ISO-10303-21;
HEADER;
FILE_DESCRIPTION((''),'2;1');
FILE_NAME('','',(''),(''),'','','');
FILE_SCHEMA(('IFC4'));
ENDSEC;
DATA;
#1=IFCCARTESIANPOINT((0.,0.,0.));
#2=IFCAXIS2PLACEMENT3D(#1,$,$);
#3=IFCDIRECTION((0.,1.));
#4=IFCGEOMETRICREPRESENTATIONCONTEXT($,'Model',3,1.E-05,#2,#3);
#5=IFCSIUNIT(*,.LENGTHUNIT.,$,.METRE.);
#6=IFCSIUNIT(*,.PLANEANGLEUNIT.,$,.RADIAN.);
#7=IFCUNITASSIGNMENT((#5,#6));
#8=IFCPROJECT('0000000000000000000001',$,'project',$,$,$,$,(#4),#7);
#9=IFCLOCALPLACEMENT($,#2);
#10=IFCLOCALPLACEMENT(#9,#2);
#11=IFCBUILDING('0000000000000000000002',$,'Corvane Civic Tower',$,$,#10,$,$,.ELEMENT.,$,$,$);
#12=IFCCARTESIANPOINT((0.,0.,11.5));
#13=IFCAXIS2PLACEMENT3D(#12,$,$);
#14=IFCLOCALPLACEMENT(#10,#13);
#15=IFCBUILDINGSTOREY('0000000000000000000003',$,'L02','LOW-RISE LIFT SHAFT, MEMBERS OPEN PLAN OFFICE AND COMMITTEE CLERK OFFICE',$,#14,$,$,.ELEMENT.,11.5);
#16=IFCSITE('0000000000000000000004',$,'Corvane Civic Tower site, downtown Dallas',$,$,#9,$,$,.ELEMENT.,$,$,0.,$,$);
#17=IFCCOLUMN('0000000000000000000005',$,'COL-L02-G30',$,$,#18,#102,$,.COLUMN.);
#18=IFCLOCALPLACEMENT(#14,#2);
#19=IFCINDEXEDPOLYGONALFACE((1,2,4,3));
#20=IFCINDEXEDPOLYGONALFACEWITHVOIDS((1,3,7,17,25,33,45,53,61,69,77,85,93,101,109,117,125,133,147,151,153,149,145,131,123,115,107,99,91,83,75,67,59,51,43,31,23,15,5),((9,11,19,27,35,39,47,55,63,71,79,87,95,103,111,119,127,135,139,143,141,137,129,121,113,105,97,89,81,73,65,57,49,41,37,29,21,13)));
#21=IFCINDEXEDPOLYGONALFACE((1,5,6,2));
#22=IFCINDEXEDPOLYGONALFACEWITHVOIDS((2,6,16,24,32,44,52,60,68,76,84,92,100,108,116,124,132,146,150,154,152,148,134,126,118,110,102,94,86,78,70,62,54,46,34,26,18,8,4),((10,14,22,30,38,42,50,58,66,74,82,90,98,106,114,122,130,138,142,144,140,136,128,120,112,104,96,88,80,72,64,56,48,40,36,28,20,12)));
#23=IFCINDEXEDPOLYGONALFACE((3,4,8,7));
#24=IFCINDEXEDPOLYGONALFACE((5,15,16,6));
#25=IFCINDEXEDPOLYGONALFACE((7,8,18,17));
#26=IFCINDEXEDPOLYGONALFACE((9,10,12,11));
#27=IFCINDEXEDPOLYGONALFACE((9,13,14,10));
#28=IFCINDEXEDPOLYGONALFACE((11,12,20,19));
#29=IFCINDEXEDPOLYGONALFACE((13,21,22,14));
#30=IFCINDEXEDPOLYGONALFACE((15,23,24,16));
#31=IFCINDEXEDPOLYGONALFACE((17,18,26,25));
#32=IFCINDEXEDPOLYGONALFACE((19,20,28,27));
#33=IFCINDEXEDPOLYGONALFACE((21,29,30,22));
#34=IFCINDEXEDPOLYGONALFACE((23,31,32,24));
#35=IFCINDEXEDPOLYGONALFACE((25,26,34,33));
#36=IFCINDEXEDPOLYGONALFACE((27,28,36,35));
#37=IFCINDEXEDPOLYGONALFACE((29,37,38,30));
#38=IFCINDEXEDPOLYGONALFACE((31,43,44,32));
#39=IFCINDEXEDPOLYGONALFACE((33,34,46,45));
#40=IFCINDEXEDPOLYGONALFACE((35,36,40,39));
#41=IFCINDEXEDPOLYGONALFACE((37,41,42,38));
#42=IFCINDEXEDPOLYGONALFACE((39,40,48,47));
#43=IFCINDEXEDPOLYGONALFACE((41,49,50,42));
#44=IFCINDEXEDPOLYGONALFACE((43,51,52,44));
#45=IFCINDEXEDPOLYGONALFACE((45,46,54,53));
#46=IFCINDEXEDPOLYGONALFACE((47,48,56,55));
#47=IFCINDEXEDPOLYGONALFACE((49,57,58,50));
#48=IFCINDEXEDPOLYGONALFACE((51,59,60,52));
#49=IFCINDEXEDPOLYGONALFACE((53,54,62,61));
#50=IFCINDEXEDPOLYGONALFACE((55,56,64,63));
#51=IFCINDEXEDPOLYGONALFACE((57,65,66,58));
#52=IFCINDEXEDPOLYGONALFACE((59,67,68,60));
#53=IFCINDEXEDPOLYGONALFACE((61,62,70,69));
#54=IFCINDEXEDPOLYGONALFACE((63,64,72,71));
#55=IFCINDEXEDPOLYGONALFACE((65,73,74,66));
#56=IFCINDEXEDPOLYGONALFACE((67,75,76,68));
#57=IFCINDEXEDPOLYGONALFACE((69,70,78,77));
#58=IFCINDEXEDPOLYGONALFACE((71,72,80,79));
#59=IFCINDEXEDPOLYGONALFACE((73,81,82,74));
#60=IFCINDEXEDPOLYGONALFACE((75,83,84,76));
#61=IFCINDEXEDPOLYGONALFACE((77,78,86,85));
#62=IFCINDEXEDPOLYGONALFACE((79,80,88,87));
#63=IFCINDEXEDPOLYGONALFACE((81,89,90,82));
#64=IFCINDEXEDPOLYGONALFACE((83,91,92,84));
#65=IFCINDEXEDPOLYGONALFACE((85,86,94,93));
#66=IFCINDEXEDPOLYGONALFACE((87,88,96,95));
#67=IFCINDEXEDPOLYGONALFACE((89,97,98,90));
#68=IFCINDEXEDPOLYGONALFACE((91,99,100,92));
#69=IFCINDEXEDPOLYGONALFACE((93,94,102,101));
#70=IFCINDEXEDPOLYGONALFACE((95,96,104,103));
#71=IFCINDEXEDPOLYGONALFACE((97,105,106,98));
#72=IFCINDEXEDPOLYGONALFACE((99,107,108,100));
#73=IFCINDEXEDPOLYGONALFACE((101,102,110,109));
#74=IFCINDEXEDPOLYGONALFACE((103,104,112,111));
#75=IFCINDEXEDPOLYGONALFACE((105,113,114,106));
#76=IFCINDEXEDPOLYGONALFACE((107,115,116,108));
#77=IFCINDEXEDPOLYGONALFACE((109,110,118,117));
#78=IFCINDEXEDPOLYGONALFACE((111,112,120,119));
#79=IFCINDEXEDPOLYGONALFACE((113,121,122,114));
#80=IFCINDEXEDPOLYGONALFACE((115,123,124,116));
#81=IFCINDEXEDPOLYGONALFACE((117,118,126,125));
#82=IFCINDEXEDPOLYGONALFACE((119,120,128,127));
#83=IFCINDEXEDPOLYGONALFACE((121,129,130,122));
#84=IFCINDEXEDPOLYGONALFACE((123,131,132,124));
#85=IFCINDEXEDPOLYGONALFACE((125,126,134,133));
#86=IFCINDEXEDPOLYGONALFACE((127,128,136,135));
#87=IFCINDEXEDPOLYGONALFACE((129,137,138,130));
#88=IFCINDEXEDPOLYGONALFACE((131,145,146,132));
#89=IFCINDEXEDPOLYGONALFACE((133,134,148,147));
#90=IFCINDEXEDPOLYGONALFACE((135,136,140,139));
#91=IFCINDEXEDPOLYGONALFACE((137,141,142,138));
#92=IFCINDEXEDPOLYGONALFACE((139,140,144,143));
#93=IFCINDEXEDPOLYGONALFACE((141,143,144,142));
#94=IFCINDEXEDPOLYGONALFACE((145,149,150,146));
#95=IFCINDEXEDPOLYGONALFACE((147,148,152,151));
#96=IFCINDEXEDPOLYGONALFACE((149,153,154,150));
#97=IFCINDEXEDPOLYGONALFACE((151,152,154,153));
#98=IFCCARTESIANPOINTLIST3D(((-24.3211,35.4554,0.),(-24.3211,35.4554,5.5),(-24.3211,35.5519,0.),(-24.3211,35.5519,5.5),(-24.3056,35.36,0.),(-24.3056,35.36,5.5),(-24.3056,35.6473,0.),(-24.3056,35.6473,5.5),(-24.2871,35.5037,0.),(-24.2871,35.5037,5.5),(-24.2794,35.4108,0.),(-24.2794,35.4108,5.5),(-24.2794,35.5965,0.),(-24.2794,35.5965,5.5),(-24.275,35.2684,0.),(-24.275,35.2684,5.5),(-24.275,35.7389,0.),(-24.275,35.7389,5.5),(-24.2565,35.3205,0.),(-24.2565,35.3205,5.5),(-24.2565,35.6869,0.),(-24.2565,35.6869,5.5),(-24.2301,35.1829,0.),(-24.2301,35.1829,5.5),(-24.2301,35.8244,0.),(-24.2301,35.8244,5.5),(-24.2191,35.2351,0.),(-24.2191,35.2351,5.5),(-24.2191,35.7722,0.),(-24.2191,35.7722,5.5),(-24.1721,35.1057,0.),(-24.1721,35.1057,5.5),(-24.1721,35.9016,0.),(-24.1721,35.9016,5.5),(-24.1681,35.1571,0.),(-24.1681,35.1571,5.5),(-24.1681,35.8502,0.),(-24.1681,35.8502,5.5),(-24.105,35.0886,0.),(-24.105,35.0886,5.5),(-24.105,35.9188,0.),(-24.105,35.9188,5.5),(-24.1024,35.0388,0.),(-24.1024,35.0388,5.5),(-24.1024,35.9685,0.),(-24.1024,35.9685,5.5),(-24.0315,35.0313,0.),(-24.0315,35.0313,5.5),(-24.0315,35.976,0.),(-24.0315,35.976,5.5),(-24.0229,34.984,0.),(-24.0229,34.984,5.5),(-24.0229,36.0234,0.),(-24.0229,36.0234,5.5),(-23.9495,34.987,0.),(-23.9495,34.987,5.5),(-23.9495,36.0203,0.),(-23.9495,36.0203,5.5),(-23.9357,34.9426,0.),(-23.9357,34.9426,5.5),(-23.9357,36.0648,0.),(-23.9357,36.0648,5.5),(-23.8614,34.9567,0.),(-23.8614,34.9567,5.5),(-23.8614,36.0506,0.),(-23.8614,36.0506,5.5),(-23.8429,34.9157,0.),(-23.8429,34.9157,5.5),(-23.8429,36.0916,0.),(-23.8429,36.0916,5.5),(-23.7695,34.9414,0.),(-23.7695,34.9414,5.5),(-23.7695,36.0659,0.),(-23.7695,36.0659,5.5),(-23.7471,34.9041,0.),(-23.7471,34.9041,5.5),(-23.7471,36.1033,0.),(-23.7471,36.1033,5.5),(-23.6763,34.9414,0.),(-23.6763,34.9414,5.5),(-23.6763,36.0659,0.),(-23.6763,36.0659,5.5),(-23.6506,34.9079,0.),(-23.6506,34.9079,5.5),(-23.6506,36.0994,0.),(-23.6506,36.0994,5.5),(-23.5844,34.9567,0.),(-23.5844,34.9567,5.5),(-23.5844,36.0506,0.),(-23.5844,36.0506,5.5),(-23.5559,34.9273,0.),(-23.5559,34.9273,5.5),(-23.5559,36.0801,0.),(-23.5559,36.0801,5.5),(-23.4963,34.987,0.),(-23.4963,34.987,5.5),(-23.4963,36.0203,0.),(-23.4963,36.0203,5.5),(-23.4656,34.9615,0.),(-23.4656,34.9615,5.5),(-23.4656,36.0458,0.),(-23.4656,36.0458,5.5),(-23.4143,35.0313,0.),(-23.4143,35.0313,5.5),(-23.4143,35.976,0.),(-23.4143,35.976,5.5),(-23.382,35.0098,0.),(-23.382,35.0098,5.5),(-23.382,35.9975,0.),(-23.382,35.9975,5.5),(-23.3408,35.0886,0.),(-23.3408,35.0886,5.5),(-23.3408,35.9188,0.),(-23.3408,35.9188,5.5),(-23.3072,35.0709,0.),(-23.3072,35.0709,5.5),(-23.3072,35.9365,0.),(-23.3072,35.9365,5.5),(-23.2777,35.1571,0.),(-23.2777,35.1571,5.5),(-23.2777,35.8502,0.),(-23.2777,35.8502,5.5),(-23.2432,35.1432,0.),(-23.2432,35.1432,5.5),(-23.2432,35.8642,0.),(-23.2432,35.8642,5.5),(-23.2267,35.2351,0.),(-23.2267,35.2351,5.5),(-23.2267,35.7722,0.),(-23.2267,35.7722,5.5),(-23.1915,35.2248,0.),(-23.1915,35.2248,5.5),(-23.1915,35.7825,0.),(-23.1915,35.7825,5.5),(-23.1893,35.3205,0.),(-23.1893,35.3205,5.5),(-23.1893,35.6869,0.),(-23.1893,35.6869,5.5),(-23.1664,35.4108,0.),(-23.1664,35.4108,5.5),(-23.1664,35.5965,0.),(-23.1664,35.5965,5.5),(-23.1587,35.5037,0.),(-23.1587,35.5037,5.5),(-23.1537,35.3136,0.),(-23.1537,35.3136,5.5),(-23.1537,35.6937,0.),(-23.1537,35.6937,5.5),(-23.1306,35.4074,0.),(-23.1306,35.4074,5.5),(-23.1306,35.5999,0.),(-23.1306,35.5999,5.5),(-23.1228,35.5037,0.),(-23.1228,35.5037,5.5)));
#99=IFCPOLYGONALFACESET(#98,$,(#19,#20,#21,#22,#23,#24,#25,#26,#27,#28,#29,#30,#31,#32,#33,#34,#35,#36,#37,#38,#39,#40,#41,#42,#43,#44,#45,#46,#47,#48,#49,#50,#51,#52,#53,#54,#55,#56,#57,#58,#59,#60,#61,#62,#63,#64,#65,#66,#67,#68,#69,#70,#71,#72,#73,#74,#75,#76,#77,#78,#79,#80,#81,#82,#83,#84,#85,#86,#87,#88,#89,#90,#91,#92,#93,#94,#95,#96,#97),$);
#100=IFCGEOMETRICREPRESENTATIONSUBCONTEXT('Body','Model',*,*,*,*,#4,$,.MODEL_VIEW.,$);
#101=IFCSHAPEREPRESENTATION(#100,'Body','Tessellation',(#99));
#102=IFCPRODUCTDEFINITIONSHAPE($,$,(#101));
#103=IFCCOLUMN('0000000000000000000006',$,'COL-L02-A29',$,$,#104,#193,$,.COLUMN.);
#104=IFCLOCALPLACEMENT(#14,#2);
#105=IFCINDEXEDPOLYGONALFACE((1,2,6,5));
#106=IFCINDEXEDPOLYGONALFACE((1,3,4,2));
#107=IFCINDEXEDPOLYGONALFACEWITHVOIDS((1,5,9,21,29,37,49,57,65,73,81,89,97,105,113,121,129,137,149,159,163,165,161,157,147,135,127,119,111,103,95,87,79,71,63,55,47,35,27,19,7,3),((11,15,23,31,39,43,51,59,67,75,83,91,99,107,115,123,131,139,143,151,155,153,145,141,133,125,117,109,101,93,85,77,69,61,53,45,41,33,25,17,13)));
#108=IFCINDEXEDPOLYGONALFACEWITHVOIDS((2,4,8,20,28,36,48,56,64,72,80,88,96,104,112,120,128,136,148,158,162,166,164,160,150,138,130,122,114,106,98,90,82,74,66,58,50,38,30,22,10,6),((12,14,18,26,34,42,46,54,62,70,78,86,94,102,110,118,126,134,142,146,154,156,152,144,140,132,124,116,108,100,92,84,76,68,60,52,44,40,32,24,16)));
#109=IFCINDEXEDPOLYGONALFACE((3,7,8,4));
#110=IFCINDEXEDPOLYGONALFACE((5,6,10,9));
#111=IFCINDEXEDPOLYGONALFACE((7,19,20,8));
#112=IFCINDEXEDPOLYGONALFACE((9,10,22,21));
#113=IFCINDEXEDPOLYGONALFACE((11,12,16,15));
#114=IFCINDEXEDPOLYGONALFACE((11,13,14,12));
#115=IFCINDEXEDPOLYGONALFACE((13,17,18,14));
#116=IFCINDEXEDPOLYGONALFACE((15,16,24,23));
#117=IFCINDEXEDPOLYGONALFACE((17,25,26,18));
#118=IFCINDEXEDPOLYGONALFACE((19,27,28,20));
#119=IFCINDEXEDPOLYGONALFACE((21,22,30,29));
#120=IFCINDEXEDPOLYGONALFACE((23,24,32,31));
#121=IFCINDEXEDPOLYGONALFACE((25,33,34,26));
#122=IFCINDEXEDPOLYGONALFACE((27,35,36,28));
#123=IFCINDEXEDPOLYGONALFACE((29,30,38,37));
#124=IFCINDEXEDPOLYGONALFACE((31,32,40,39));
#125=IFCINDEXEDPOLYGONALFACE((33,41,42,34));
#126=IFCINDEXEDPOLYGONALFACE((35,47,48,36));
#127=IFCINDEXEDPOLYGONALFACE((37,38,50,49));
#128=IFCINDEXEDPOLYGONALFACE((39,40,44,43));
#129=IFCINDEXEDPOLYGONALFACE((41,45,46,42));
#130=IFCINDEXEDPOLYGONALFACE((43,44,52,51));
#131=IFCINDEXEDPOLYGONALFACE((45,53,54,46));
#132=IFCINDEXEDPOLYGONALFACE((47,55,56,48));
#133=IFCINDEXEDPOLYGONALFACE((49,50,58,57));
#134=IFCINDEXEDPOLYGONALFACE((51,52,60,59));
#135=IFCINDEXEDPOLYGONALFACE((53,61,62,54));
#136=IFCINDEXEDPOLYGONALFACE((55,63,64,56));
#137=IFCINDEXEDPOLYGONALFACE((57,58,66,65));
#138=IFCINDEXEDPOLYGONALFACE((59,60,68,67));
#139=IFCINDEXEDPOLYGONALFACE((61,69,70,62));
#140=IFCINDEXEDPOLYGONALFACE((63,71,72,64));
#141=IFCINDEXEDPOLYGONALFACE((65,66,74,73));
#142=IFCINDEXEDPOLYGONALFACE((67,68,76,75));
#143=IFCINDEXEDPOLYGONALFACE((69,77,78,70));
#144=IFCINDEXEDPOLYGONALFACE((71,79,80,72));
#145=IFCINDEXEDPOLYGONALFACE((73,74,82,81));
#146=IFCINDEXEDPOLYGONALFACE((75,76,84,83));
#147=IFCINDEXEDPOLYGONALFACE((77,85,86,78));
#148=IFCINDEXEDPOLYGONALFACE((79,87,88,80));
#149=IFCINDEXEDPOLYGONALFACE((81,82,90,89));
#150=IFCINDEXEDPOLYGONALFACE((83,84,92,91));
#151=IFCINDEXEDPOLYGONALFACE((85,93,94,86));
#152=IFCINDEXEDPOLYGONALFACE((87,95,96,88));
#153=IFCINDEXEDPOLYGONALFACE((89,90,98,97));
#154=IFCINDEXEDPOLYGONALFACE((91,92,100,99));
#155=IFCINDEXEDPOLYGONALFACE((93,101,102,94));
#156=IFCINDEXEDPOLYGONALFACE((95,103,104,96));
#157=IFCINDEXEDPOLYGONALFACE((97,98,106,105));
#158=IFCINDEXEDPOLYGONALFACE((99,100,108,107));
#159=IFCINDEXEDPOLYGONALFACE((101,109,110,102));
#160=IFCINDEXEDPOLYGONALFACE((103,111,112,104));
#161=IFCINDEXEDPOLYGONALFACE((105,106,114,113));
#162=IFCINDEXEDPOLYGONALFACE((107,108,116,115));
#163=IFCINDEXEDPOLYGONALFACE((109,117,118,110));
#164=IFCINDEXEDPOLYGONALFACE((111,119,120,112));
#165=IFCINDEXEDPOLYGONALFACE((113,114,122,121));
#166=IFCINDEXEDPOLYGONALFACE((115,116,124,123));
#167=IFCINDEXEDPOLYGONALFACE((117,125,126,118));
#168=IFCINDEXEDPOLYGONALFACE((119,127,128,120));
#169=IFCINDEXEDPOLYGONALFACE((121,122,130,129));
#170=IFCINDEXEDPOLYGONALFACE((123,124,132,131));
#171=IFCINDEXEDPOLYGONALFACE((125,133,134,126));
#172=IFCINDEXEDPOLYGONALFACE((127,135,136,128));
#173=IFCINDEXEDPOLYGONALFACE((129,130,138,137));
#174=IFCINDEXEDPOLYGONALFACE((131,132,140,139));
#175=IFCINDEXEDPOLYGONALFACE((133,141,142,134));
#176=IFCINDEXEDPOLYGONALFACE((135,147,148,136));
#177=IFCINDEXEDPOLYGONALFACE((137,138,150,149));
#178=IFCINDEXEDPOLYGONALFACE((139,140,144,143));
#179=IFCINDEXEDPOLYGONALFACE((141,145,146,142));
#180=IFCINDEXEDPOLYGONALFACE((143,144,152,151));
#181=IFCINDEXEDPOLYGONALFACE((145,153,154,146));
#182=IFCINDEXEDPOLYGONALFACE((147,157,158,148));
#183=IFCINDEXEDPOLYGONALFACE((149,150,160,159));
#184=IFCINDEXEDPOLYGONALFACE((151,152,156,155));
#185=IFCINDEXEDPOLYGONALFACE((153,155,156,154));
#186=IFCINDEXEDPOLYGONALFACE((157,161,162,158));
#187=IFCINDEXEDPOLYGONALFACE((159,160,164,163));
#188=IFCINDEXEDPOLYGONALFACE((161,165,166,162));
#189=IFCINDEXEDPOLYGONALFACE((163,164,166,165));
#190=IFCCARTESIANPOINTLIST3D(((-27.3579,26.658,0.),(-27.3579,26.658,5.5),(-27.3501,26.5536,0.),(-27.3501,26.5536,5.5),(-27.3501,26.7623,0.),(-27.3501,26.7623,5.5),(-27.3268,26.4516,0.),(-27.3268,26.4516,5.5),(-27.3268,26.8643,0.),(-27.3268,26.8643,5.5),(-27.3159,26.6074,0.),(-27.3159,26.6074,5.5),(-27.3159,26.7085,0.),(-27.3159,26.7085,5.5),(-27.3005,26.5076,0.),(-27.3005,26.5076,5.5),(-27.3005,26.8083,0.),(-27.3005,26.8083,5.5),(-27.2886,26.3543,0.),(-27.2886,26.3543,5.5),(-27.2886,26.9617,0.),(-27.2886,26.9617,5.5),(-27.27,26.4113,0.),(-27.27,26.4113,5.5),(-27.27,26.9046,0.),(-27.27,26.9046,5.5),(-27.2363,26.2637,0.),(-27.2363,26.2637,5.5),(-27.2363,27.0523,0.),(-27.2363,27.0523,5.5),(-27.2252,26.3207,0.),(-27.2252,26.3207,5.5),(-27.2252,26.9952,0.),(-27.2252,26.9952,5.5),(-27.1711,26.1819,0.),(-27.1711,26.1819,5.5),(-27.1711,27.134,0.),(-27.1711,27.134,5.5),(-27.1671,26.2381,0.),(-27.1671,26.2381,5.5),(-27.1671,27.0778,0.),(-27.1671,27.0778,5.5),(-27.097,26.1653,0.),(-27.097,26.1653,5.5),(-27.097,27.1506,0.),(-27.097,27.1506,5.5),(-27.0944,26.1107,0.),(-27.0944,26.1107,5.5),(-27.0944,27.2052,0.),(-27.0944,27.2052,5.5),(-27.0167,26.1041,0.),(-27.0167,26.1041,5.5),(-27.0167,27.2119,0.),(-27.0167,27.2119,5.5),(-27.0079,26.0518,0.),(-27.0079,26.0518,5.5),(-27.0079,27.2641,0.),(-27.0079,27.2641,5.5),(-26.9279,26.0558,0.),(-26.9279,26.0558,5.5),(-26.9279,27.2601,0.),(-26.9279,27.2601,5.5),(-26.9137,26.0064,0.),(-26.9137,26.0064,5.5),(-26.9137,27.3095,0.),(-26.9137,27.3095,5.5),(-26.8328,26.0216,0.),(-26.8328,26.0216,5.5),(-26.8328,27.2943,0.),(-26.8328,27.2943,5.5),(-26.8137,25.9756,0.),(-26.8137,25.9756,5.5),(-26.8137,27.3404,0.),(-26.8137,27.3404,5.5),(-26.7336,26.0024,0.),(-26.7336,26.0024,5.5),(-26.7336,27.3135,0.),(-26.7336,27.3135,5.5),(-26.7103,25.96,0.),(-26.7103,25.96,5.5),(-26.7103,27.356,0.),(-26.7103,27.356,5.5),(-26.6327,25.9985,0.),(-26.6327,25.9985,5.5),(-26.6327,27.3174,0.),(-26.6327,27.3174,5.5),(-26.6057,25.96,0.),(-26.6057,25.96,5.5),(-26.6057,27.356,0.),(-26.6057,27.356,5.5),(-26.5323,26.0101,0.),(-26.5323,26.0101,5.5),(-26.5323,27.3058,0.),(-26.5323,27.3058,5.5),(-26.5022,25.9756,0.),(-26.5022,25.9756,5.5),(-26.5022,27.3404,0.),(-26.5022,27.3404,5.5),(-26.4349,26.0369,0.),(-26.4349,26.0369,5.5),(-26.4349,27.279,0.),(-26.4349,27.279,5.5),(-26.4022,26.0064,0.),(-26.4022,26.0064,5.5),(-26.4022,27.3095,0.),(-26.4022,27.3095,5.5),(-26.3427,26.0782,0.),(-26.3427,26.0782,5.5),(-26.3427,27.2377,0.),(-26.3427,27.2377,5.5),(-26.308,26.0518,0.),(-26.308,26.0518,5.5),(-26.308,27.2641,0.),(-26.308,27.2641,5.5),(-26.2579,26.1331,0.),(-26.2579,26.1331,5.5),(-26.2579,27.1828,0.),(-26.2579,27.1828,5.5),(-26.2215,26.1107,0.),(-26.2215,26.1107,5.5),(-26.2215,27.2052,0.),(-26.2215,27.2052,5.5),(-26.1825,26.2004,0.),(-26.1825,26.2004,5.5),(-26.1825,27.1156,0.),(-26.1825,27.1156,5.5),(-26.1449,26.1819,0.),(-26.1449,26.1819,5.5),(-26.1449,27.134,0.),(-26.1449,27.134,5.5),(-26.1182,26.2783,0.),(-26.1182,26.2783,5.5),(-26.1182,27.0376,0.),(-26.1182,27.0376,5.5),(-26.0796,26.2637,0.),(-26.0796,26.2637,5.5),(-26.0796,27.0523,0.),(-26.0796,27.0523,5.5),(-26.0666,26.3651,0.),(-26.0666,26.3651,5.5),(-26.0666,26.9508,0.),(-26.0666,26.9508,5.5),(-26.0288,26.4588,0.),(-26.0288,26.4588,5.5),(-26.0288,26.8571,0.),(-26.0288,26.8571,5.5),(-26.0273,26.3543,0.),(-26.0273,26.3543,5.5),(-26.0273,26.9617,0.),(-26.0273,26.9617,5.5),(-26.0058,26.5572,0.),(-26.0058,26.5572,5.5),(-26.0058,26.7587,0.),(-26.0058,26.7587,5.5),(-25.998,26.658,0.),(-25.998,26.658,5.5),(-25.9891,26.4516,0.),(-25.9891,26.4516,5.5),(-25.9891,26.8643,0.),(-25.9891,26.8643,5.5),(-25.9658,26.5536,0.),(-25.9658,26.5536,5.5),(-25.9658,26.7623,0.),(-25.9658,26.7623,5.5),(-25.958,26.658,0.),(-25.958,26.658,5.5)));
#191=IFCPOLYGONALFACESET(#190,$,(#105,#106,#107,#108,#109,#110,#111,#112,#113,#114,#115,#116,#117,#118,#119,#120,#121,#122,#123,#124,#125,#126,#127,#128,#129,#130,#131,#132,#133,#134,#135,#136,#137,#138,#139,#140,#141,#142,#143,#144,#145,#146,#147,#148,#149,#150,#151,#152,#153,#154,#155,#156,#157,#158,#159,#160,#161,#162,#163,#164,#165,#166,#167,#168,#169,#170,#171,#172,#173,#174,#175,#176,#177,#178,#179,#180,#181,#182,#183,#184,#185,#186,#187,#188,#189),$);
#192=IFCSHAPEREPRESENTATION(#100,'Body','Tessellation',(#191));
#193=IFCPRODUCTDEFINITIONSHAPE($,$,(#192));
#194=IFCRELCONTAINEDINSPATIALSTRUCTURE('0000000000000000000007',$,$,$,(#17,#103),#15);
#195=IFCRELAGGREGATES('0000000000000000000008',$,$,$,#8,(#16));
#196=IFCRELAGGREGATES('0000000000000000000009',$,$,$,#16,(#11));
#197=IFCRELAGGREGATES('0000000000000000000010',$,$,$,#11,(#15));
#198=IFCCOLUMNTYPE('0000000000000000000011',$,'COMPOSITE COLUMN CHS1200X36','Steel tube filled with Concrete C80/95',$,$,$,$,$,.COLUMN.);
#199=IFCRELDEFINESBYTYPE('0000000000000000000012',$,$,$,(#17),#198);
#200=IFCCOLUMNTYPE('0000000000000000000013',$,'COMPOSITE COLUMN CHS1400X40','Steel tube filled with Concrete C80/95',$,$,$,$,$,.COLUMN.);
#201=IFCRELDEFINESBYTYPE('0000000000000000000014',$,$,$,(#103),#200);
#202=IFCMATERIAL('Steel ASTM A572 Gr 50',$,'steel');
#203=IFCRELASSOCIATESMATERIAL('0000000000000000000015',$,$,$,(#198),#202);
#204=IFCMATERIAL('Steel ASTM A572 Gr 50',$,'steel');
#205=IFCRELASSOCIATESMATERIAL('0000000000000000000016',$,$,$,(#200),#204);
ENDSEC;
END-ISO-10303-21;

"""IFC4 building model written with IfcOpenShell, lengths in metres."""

from ifc_helpers import new_model, si_unit, direction, frame, origin, origin_2d, place, context, subcontext, project, spatial, hollow_circle, extrude, material, material_profile, profile_set, type_object, element, save


model = new_model("IFC4")

# Units and contexts
model_context = context("Model", 3, precision=1e-05, world=origin(), true_north=direction((0.0, 1.0)))
body_context = subcontext(model_context, "Body", "Model", "MODEL_VIEW")
ifc_project = project(units=[si_unit("LENGTHUNIT", "METRE"), si_unit("PLANEANGLEUNIT", "RADIAN")], contexts=[model_context])

# Site, building, storey
site_placement = place(None, origin())
site = spatial("IfcSite", under=ifc_project, at=site_placement, Name="Corvane Civic Tower site, downtown Dallas", CompositionType="ELEMENT", RefElevation=0.0)
building_placement = place(site_placement, origin())
building = spatial("IfcBuilding", under=site, at=building_placement, Name="Corvane Civic Tower", CompositionType="ELEMENT")
storey_placement = place(building_placement, frame((0.0, 0.0, 11.5)))
storey = spatial("IfcBuildingStorey", under=building, at=storey_placement, Name="L02", Description="LOW-RISE LIFT SHAFT, MEMBERS OPEN PLAN OFFICE AND COMMITTEE CLERK OFFICE", CompositionType="ELEMENT", Elevation=11.5)

# Columns
ifc_material_1 = material(Name="Steel ASTM A572 Gr 50", Category="steel")
ifc_material_profile_1 = material_profile(ifc_material_1, hollow_circle(Radius=0.6001, WallThickness=0.0359, at=origin_2d()), Name="CHS1200X36")
ifc_profile_set_1 = profile_set([ifc_material_profile_1], Name="Steel ASTM A572 Gr 50")
column_type_1 = type_object("IfcColumnType", Name="COMPOSITE COLUMN CHS1200X36", Description="Steel tube filled with Concrete C80/95", PredefinedType="COLUMN", material=ifc_profile_set_1)
for number, where, z_axis, x_axis, name in (
    (1, (-23.7229, 35.5037, 0.0), (0.0, 0.0, 1.0), (1.0, 0.0, 0.0), "COL-L02-G30"),
):
    element("IfcColumn", number, at=place(storey_placement, frame(where, z_axis=z_axis, x_axis=x_axis)), inside=storey, type_object=column_type_1, Name=name, PredefinedType="COLUMN", context=body_context, shape_type="SweptSolid", body=[
        extrude(hollow_circle(Radius=0.6001, WallThickness=0.0359, at=origin_2d()), origin(), (0.0, 0.0, 1.0), 5.5),
    ])
ifc_material_2 = material(Name="Steel ASTM A572 Gr 50", Category="steel")
ifc_material_profile_2 = material_profile(ifc_material_2, hollow_circle(Radius=0.7, WallThickness=0.04, at=origin_2d()), Name="CHS1400X40")
ifc_profile_set_2 = profile_set([ifc_material_profile_2], Name="Steel ASTM A572 Gr 50")
column_type_2 = type_object("IfcColumnType", Name="COMPOSITE COLUMN CHS1400X40", Description="Steel tube filled with Concrete C80/95", PredefinedType="COLUMN", material=ifc_profile_set_2)
for number, where, z_axis, x_axis, name in (
    (2, (-26.658, 26.658, 0.0), (0.0, 0.0, 1.0), (1.0, 0.0, 0.0), "COL-L02-A29"),
):
    element("IfcColumn", number, at=place(storey_placement, frame(where, z_axis=z_axis, x_axis=x_axis)), inside=storey, type_object=column_type_2, Name=name, PredefinedType="COLUMN", context=body_context, shape_type="SweptSolid", body=[
        extrude(hollow_circle(Radius=0.7, WallThickness=0.04, at=origin_2d()), origin(), (0.0, 0.0, 1.0), 5.5),
    ])

save(model, "model.ifc")
